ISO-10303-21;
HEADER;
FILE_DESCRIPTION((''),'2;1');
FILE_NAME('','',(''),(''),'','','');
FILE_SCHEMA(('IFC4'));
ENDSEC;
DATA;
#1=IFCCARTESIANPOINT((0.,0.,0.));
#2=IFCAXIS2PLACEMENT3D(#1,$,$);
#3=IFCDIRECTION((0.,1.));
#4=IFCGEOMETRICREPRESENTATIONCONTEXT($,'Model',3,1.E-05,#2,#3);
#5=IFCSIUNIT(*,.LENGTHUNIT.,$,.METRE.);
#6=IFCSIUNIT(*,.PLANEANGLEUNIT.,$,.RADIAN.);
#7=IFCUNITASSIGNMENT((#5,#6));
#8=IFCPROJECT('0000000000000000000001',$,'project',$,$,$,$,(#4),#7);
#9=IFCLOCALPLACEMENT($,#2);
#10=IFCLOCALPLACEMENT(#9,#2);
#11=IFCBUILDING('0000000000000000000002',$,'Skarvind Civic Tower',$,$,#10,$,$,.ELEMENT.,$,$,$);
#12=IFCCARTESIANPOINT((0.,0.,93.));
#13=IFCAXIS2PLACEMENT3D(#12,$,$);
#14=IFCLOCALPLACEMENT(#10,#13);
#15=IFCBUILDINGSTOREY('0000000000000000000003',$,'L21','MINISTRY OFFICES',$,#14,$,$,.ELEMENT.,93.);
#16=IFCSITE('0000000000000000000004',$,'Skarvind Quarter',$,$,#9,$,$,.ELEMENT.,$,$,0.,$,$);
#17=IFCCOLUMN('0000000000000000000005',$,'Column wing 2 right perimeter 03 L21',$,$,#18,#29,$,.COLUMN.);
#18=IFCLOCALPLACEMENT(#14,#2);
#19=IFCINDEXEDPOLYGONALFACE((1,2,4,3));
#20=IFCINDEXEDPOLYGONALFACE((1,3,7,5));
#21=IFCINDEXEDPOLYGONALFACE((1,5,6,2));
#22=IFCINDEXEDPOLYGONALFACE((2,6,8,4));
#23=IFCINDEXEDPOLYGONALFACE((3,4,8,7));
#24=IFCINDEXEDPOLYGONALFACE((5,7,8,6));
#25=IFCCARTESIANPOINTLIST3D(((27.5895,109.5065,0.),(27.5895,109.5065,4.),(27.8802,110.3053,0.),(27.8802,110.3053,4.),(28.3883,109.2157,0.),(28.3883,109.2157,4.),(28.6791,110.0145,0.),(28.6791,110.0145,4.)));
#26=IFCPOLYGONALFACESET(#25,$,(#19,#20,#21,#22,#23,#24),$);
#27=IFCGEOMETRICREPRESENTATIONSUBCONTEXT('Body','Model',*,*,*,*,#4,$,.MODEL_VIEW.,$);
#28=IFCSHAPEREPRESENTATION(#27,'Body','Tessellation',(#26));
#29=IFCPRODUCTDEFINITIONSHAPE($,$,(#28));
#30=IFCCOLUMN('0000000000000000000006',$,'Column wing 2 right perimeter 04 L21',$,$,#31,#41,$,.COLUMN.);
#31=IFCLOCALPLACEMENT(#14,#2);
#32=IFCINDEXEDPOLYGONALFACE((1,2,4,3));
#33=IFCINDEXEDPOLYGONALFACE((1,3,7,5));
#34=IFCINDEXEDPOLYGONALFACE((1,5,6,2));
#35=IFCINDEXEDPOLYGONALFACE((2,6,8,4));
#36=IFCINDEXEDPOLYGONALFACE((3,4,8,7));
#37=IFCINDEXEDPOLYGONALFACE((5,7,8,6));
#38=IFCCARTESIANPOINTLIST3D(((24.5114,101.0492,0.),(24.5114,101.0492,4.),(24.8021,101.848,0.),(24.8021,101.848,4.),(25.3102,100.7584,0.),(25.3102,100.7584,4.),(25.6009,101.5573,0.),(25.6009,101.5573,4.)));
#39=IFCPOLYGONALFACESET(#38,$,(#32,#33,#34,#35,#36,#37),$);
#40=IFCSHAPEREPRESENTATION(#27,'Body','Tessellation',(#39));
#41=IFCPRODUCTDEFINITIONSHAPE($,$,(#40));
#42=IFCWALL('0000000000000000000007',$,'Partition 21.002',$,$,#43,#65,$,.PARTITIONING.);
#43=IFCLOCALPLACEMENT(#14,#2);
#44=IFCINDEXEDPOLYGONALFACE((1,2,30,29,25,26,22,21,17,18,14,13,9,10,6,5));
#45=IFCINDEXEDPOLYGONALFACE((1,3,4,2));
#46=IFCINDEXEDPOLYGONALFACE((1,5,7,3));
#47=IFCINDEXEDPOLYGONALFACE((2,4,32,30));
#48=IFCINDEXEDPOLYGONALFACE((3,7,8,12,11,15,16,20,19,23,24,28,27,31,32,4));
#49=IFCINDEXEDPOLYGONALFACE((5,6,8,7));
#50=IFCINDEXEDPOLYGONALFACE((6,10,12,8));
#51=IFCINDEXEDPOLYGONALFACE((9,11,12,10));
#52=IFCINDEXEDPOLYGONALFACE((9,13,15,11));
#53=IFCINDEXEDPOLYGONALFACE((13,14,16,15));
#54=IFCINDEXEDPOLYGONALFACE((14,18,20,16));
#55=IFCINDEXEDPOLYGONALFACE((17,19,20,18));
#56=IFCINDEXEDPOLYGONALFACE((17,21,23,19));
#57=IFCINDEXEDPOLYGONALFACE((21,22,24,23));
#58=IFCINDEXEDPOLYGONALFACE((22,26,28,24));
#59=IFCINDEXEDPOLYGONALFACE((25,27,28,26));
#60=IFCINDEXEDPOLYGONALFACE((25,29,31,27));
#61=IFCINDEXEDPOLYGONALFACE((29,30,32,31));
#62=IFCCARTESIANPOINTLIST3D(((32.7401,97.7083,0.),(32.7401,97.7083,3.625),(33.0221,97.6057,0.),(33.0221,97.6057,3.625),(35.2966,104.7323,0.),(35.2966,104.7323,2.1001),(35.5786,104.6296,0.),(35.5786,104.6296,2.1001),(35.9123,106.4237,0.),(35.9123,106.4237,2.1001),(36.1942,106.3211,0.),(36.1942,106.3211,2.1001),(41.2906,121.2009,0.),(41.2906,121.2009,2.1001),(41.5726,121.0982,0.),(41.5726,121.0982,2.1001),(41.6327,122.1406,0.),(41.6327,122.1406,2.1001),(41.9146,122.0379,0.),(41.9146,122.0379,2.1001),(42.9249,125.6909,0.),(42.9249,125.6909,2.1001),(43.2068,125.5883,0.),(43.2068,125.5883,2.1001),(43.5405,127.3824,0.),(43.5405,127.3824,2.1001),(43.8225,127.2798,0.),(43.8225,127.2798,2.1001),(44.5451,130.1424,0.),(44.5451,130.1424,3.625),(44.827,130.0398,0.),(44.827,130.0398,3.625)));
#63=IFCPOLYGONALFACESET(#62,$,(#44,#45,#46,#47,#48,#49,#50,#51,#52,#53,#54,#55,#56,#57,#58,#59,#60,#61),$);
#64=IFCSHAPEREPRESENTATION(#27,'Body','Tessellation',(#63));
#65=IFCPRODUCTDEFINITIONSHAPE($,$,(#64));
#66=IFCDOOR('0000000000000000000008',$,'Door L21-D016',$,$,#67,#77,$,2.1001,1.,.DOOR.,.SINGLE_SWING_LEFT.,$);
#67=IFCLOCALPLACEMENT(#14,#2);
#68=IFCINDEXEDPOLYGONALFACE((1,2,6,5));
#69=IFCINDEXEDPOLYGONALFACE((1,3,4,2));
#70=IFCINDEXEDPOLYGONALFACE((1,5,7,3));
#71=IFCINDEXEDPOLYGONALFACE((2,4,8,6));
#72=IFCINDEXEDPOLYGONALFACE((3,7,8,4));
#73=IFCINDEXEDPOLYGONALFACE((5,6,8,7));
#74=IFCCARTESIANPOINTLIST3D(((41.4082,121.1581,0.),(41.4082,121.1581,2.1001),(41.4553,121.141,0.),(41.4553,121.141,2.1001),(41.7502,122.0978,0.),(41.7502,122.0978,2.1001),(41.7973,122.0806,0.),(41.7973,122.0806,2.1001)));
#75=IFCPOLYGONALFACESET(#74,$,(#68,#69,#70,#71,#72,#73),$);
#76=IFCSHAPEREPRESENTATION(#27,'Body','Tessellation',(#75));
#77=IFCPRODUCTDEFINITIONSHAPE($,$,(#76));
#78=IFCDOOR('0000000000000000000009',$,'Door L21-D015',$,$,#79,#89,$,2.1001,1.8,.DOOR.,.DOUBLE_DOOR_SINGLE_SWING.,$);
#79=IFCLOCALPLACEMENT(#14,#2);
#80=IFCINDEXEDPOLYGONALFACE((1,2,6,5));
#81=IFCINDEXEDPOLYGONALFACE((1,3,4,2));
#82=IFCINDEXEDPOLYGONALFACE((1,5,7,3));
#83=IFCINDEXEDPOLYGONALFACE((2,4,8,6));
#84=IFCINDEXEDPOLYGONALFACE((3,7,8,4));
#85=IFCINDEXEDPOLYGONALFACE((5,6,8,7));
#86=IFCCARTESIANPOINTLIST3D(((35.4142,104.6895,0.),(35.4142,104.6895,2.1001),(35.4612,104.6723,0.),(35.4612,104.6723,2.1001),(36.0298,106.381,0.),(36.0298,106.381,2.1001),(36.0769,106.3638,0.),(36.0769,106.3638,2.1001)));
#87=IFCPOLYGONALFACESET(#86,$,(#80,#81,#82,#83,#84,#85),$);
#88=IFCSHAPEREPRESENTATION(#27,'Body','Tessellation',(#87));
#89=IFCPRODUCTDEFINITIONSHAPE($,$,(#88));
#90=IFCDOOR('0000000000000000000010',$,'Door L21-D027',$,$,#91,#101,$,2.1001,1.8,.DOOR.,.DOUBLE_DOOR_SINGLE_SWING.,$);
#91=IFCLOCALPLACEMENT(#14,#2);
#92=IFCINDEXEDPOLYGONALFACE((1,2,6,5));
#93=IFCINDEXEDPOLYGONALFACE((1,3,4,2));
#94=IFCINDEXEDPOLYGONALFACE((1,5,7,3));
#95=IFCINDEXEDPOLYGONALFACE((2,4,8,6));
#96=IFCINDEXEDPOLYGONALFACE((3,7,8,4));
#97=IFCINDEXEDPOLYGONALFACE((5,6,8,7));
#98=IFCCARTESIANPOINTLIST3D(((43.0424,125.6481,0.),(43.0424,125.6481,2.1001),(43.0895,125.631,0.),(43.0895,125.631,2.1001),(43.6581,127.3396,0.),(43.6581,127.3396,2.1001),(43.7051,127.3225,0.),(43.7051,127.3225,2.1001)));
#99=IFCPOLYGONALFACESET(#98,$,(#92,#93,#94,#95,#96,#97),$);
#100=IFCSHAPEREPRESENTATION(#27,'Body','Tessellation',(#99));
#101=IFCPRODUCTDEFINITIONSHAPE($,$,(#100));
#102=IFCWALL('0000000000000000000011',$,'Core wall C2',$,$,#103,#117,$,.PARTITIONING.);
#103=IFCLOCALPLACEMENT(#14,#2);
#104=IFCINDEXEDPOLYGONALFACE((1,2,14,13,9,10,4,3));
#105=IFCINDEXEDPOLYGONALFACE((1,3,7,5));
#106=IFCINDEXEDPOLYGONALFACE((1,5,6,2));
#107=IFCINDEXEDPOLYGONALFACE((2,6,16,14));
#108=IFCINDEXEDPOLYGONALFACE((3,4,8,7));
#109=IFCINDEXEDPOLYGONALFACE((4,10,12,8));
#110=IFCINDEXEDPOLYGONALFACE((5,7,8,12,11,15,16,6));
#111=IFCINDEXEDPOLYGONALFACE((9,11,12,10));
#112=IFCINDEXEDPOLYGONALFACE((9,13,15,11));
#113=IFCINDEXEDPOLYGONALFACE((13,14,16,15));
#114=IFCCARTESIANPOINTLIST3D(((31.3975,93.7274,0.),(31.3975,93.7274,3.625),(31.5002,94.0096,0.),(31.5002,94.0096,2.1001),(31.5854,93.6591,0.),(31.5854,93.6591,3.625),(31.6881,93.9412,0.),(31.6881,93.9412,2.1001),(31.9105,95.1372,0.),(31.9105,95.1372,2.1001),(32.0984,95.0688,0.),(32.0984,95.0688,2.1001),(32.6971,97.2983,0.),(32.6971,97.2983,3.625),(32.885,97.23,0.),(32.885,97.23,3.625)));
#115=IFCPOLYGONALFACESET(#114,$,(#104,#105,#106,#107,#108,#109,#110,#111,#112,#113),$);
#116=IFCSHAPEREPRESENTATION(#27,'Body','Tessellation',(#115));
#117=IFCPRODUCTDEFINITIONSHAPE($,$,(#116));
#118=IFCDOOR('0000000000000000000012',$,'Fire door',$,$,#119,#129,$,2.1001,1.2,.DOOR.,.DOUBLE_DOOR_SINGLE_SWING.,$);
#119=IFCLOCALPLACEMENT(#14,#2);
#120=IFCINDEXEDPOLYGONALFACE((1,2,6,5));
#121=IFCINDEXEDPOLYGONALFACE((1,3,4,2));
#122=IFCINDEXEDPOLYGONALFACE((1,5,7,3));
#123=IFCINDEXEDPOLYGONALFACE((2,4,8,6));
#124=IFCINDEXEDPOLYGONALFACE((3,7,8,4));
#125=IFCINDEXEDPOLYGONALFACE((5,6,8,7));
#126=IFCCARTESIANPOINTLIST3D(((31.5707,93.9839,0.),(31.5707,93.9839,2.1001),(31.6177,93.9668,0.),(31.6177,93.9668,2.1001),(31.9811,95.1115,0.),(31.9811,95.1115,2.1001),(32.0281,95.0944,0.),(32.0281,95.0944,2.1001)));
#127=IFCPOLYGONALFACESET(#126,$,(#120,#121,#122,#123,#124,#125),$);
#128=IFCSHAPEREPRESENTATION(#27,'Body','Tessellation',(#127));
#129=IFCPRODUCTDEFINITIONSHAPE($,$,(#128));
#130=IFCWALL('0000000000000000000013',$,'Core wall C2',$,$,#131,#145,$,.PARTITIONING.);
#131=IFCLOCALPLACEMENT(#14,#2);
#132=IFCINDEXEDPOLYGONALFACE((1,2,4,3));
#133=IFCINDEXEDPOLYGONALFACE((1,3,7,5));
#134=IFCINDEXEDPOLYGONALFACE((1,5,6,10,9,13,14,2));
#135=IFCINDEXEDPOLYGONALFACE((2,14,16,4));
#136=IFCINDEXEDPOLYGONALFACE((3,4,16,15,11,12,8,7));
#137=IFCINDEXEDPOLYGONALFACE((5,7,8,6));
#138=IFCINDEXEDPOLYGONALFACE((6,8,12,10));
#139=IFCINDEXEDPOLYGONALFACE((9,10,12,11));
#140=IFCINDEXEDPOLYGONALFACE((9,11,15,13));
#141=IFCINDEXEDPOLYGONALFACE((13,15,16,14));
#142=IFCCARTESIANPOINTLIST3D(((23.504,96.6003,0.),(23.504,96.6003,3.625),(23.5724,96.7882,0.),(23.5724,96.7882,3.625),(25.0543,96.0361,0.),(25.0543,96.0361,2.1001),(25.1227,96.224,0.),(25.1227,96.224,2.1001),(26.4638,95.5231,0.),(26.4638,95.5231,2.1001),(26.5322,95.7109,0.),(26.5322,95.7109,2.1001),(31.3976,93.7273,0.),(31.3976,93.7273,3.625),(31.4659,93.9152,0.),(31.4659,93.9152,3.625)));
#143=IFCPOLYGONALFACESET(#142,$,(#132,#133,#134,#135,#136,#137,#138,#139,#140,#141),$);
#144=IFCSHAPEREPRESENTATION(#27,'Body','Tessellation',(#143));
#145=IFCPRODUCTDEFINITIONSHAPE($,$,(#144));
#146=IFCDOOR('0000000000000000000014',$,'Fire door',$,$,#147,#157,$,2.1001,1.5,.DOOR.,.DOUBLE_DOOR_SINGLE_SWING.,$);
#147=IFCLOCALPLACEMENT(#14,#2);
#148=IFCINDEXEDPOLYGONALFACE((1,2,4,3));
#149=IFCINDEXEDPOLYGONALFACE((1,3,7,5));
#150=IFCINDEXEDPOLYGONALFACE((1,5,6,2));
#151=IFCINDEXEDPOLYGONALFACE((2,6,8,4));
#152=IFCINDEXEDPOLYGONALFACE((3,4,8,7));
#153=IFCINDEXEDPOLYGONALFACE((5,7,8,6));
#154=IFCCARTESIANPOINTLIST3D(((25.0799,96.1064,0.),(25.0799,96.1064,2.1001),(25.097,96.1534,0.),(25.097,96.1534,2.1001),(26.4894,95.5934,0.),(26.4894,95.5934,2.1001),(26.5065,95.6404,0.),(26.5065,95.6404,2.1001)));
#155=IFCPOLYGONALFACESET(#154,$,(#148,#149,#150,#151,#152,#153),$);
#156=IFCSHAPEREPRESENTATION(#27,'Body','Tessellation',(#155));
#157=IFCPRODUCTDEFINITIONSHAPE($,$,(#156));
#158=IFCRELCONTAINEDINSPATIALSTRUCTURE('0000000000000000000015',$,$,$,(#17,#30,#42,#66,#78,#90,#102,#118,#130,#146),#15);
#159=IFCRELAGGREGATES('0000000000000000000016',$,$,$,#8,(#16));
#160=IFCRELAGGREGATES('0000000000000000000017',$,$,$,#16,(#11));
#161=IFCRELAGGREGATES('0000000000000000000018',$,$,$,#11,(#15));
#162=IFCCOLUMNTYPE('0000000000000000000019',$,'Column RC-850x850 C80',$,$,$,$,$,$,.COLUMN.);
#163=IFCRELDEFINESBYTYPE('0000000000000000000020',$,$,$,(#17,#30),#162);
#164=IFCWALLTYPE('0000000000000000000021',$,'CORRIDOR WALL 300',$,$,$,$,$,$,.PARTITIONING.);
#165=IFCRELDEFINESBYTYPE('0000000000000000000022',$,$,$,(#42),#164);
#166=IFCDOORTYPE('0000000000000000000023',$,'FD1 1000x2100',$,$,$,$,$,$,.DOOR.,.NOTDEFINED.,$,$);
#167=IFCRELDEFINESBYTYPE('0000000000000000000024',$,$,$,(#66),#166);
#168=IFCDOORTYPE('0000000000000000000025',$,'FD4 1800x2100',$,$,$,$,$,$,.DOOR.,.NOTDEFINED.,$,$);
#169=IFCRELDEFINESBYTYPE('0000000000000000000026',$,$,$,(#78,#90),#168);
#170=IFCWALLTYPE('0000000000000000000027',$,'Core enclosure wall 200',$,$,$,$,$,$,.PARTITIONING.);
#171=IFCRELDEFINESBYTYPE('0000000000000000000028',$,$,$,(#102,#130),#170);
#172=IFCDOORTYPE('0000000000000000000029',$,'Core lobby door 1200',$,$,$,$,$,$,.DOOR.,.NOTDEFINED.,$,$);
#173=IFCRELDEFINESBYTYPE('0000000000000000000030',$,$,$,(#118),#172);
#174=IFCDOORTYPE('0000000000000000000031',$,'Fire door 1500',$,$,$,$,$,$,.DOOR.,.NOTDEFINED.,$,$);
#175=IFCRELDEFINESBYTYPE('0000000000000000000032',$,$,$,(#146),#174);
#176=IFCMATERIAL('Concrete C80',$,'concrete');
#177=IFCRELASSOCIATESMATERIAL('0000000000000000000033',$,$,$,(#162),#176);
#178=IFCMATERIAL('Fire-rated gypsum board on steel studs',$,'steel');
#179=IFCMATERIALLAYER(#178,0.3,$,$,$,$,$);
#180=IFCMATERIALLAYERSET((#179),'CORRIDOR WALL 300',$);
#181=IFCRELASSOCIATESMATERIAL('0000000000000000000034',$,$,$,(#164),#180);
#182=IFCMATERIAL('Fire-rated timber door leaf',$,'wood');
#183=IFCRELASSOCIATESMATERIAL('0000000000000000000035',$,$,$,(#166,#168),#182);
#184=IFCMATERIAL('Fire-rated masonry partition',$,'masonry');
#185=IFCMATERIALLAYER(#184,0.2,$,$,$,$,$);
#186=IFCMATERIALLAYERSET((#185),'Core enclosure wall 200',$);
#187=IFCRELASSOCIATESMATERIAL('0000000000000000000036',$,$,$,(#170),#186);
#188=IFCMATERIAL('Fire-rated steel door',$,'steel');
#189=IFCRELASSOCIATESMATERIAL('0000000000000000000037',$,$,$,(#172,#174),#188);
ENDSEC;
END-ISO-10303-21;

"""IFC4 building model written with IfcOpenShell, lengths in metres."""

from ifc_helpers import new_model, si_unit, direction, frame, frame_2d, origin, origin_2d, place, context, subcontext, project, spatial, rectangle, extrude, material, layer, layer_set, material_profile, profile_set, type_object, element, fill, save


model = new_model("IFC4")

# Units and contexts
model_context = context("Model", 3, precision=1e-05, world=origin(), true_north=direction((0.0, 1.0)))
body_context = subcontext(model_context, "Body", "Model", "MODEL_VIEW")
ifc_project = project(units=[si_unit("LENGTHUNIT", "METRE"), si_unit("PLANEANGLEUNIT", "RADIAN")], contexts=[model_context])

# Site, building, storey
site_placement = place(None, origin())
site = spatial("IfcSite", under=ifc_project, at=site_placement, Name="Skarvind Quarter", CompositionType="ELEMENT", RefElevation=0.0)
building_placement = place(site_placement, origin())
building = spatial("IfcBuilding", under=site, at=building_placement, Name="Skarvind Civic Tower", CompositionType="ELEMENT")
storey_placement = place(building_placement, frame((0.0, 0.0, 93.0)))
storey = spatial("IfcBuildingStorey", under=building, at=storey_placement, Name="L21", Description="MINISTRY OFFICES", CompositionType="ELEMENT", Elevation=93.0)

# Columns
ifc_material_1 = material(Name="Concrete C80", Category="concrete")
ifc_material_profile = material_profile(ifc_material_1, rectangle(XDim=0.8501, YDim=0.8501, at=origin_2d()), Name="RC-850x850")
ifc_profile_set = profile_set([ifc_material_profile], Name="Concrete C80")
column_type = type_object("IfcColumnType", Name="Column RC-850x850 C80", PredefinedType="COLUMN", material=ifc_profile_set)
for number, where, z_axis, x_axis, name in (
    (1, (28.1343, 109.7605, 0.0), (0.0, 0.0, 1.0), (-0.34202, -0.939693, 0.0), "Column wing 2 right perimeter 03 L21"),
    (2, (25.0562, 101.3032, 0.0), (0.0, 0.0, 1.0), (-0.34202, -0.939693, 0.0), "Column wing 2 right perimeter 04 L21"),
):
    element("IfcColumn", number, at=place(storey_placement, frame(where, z_axis=z_axis, x_axis=x_axis)), inside=storey, type_object=column_type, Name=name, PredefinedType="COLUMN", context=body_context, shape_type="SweptSolid", body=[
        extrude(rectangle(XDim=0.8501, YDim=0.8501, at=origin_2d()), origin(), (0.0, 0.0, 1.0), 4.0),
    ])

# Wall, openings, doors
ifc_material_2 = material(Name="Fire-rated gypsum board on steel studs", Category="steel")
ifc_layer_1 = layer(ifc_material_2, 0.3)
ifc_layer_set_1 = layer_set([ifc_layer_1], Name="CORRIDOR WALL 300")
wall_type_1 = type_object("IfcWallType", Name="CORRIDOR WALL 300", PredefinedType="PARTITIONING", material=ifc_layer_set_1)
wall_1_placement = place(storey_placement, frame((32.8811, 97.657, 0.0), z_axis=(0.0, 0.0, 1.0), x_axis=(0.342017, 0.939694, 0.0)))
wall_1 = element("IfcWall", 3, at=wall_1_placement, inside=storey, type_object=wall_type_1, Name="Partition 21.002", PredefinedType="PARTITIONING", context=body_context, shape_type="SweptSolid", body=[
    extrude(rectangle(XDim=34.5156, YDim=0.3, at=frame_2d((17.2578, 0.0))), origin(), (0.0, 0.0, 1.0), 3.625),
])
opening_1_placement = place(wall_1_placement, frame((7.4749, 0.0, 0.0)))
opening_1 = element("IfcOpeningElement", 4, at=opening_1_placement, cuts=wall_1, PredefinedType="OPENING", context=body_context, shape_type="SweptSolid", body=[
    extrude(rectangle(XDim=1.8, YDim=2.1001, at=frame_2d((0.8999, 1.05))), frame((0.0, 0.1599, 0.0), z_axis=(0.0, -1.0, 0.0), x_axis=(1.0, 0.0, 0.0)), (0.0, 0.0, 1.0), 0.3201),
])
opening_2_placement = place(wall_1_placement, frame((25.0002, 0.0, 0.0)))
opening_2 = element("IfcOpeningElement", 5, at=opening_2_placement, cuts=wall_1, PredefinedType="OPENING", context=body_context, shape_type="SweptSolid", body=[
    extrude(rectangle(XDim=1.0, YDim=2.1001, at=frame_2d((0.5, 1.05))), frame((0.0, 0.1599, 0.0), z_axis=(0.0, -1.0, 0.0), x_axis=(1.0, 0.0, 0.0)), (0.0, 0.0, 1.0), 0.3201),
])
opening_3_placement = place(wall_1_placement, frame((29.7786, 0.0, 0.0)))
opening_3 = element("IfcOpeningElement", 6, at=opening_3_placement, cuts=wall_1, PredefinedType="OPENING", context=body_context, shape_type="SweptSolid", body=[
    extrude(rectangle(XDim=1.8, YDim=2.1001, at=frame_2d((0.8999, 1.05))), frame((0.0, 0.1599, 0.0), z_axis=(0.0, -1.0, 0.0), x_axis=(1.0, 0.0, 0.0)), (0.0, 0.0, 1.0), 0.3201),
])
ifc_material_3 = material(Name="Fire-rated timber door leaf", Category="wood")
door_type_1 = type_object("IfcDoorType", Name="FD1 1000x2100", OperationType="NOTDEFINED", PredefinedType="DOOR", material=ifc_material_3)
door_1_placement = place(opening_2_placement, origin())
door_1 = element("IfcDoor", 7, at=door_1_placement, inside=storey, type_object=door_type_1, Name="Door L21-D016", OperationType="SINGLE_SWING_LEFT", OverallHeight=2.1001, OverallWidth=1.0, PredefinedType="DOOR", context=body_context, shape_type="SweptSolid", body=[
    extrude(rectangle(XDim=1.0, YDim=2.1001, at=frame_2d((0.5, 1.05))), frame((0.0, 0.0249, 0.0), z_axis=(0.0, -1.0, 0.0), x_axis=(1.0, 0.0, 0.0)), (0.0, 0.0, 1.0), 0.05),
])
fill(opening_2, door_1)
door_type_2 = type_object("IfcDoorType", Name="FD4 1800x2100", OperationType="NOTDEFINED", PredefinedType="DOOR", material=ifc_material_3)
door_2_placement = place(opening_1_placement, origin())
door_2 = element("IfcDoor", 8, at=door_2_placement, inside=storey, type_object=door_type_2, Name="Door L21-D015", OperationType="DOUBLE_DOOR_SINGLE_SWING", OverallHeight=2.1001, OverallWidth=1.8, PredefinedType="DOOR", context=body_context, shape_type="SweptSolid", body=[
    extrude(rectangle(XDim=1.8, YDim=2.1001, at=frame_2d((0.8999, 1.05))), frame((0.0, 0.0249, 0.0), z_axis=(0.0, -1.0, 0.0), x_axis=(1.0, 0.0, 0.0)), (0.0, 0.0, 1.0), 0.05),
])
fill(opening_1, door_2)
door_3_placement = place(opening_3_placement, origin())
door_3 = element("IfcDoor", 9, at=door_3_placement, inside=storey, type_object=door_type_2, Name="Door L21-D027", OperationType="DOUBLE_DOOR_SINGLE_SWING", OverallHeight=2.1001, OverallWidth=1.8, PredefinedType="DOOR", context=body_context, shape_type="SweptSolid", body=[
    extrude(rectangle(XDim=1.8, YDim=2.1001, at=frame_2d((0.8999, 1.05))), frame((0.0, 0.0249, 0.0), z_axis=(0.0, -1.0, 0.0), x_axis=(1.0, 0.0, 0.0)), (0.0, 0.0, 1.0), 0.05),
])
fill(opening_3, door_3)

# Walls, openings, doors
ifc_material_4 = material(Name="Fire-rated masonry partition", Category="masonry")
ifc_layer_2 = layer(ifc_material_4, 0.2)
ifc_layer_set_2 = layer_set([ifc_layer_2], Name="Core enclosure wall 200")
wall_type_2 = type_object("IfcWallType", Name="Core enclosure wall 200", PredefinedType="PARTITIONING", material=ifc_layer_set_2)
wall_2_placement = place(storey_placement, frame((31.4915, 93.6934, 0.0), z_axis=(0.0, 0.0, 1.0), x_axis=(0.341996, 0.939701, 0.0)))
wall_2 = element("IfcWall", 10, at=wall_2_placement, inside=storey, type_object=wall_type_2, Name="Core wall C2", PredefinedType="PARTITIONING", context=body_context, shape_type="SweptSolid", body=[
    extrude(rectangle(XDim=3.8, YDim=0.2, at=frame_2d((1.8999, 0.0))), origin(), (0.0, 0.0, 1.0), 3.625),
])
opening_4_placement = place(wall_2_placement, frame((0.3, 0.0, 0.0)))
opening_4 = element("IfcOpeningElement", 11, at=opening_4_placement, cuts=wall_2, PredefinedType="OPENING", context=body_context, shape_type="SweptSolid", body=[
    extrude(rectangle(XDim=1.2, YDim=2.1001, at=frame_2d((0.6001, 1.05))), frame((0.0, 0.1099, 0.0), z_axis=(0.0, -1.0, 0.0), x_axis=(1.0, 0.0, 0.0)), (0.0, 0.0, 1.0), 0.22),
])
ifc_material_5 = material(Name="Fire-rated steel door", Category="steel")
door_type_3 = type_object("IfcDoorType", Name="Core lobby door 1200", OperationType="NOTDEFINED", PredefinedType="DOOR", material=ifc_material_5)
door_4_placement = place(opening_4_placement, origin())
door_4 = element("IfcDoor", 12, at=door_4_placement, inside=storey, type_object=door_type_3, Name="Fire door", OperationType="DOUBLE_DOOR_SINGLE_SWING", OverallHeight=2.1001, OverallWidth=1.2, PredefinedType="DOOR", context=body_context, shape_type="SweptSolid", body=[
    extrude(rectangle(XDim=1.2, YDim=2.1001, at=frame_2d((0.6001, 1.05))), frame((0.0, 0.0249, 0.0), z_axis=(0.0, -1.0, 0.0), x_axis=(1.0, 0.0, 0.0)), (0.0, 0.0, 1.0), 0.05),
])
fill(opening_4, door_4)
wall_3_placement = place(storey_placement, frame((23.5381, 96.6943, 0.0), z_axis=(0.0, 0.0, 1.0), x_axis=(0.939692, -0.342023, 0.0)))
wall_3 = element("IfcWall", 13, at=wall_3_placement, inside=storey, type_object=wall_type_2, Name="Core wall C2", PredefinedType="PARTITIONING", context=body_context, shape_type="SweptSolid", body=[
    extrude(rectangle(XDim=8.4001, YDim=0.2, at=frame_2d((4.2002, 0.0))), origin(), (0.0, 0.0, 1.0), 3.625),
])
opening_5_placement = place(wall_3_placement, frame((1.6499, 0.0, 0.0)))
opening_5 = element("IfcOpeningElement", 14, at=opening_5_placement, cuts=wall_3, PredefinedType="OPENING", context=body_context, shape_type="SweptSolid", body=[
    extrude(rectangle(XDim=1.5, YDim=2.1001, at=frame_2d((0.75, 1.05))), frame((0.0, 0.1099, 0.0), z_axis=(0.0, -1.0, 0.0), x_axis=(1.0, 0.0, 0.0)), (0.0, 0.0, 1.0), 0.22),
])
door_type_4 = type_object("IfcDoorType", Name="Fire door 1500", OperationType="NOTDEFINED", PredefinedType="DOOR", material=ifc_material_5)
door_5_placement = place(opening_5_placement, origin())
door_5 = element("IfcDoor", 15, at=door_5_placement, inside=storey, type_object=door_type_4, Name="Fire door", OperationType="DOUBLE_DOOR_SINGLE_SWING", OverallHeight=2.1001, OverallWidth=1.5, PredefinedType="DOOR", context=body_context, shape_type="SweptSolid", body=[
    extrude(rectangle(XDim=1.5, YDim=2.1001, at=frame_2d((0.75, 1.05))), frame((0.0, 0.0249, 0.0), z_axis=(0.0, -1.0, 0.0), x_axis=(1.0, 0.0, 0.0)), (0.0, 0.0, 1.0), 0.05),
])
fill(opening_5, door_5)

save(model, "model.ifc")
